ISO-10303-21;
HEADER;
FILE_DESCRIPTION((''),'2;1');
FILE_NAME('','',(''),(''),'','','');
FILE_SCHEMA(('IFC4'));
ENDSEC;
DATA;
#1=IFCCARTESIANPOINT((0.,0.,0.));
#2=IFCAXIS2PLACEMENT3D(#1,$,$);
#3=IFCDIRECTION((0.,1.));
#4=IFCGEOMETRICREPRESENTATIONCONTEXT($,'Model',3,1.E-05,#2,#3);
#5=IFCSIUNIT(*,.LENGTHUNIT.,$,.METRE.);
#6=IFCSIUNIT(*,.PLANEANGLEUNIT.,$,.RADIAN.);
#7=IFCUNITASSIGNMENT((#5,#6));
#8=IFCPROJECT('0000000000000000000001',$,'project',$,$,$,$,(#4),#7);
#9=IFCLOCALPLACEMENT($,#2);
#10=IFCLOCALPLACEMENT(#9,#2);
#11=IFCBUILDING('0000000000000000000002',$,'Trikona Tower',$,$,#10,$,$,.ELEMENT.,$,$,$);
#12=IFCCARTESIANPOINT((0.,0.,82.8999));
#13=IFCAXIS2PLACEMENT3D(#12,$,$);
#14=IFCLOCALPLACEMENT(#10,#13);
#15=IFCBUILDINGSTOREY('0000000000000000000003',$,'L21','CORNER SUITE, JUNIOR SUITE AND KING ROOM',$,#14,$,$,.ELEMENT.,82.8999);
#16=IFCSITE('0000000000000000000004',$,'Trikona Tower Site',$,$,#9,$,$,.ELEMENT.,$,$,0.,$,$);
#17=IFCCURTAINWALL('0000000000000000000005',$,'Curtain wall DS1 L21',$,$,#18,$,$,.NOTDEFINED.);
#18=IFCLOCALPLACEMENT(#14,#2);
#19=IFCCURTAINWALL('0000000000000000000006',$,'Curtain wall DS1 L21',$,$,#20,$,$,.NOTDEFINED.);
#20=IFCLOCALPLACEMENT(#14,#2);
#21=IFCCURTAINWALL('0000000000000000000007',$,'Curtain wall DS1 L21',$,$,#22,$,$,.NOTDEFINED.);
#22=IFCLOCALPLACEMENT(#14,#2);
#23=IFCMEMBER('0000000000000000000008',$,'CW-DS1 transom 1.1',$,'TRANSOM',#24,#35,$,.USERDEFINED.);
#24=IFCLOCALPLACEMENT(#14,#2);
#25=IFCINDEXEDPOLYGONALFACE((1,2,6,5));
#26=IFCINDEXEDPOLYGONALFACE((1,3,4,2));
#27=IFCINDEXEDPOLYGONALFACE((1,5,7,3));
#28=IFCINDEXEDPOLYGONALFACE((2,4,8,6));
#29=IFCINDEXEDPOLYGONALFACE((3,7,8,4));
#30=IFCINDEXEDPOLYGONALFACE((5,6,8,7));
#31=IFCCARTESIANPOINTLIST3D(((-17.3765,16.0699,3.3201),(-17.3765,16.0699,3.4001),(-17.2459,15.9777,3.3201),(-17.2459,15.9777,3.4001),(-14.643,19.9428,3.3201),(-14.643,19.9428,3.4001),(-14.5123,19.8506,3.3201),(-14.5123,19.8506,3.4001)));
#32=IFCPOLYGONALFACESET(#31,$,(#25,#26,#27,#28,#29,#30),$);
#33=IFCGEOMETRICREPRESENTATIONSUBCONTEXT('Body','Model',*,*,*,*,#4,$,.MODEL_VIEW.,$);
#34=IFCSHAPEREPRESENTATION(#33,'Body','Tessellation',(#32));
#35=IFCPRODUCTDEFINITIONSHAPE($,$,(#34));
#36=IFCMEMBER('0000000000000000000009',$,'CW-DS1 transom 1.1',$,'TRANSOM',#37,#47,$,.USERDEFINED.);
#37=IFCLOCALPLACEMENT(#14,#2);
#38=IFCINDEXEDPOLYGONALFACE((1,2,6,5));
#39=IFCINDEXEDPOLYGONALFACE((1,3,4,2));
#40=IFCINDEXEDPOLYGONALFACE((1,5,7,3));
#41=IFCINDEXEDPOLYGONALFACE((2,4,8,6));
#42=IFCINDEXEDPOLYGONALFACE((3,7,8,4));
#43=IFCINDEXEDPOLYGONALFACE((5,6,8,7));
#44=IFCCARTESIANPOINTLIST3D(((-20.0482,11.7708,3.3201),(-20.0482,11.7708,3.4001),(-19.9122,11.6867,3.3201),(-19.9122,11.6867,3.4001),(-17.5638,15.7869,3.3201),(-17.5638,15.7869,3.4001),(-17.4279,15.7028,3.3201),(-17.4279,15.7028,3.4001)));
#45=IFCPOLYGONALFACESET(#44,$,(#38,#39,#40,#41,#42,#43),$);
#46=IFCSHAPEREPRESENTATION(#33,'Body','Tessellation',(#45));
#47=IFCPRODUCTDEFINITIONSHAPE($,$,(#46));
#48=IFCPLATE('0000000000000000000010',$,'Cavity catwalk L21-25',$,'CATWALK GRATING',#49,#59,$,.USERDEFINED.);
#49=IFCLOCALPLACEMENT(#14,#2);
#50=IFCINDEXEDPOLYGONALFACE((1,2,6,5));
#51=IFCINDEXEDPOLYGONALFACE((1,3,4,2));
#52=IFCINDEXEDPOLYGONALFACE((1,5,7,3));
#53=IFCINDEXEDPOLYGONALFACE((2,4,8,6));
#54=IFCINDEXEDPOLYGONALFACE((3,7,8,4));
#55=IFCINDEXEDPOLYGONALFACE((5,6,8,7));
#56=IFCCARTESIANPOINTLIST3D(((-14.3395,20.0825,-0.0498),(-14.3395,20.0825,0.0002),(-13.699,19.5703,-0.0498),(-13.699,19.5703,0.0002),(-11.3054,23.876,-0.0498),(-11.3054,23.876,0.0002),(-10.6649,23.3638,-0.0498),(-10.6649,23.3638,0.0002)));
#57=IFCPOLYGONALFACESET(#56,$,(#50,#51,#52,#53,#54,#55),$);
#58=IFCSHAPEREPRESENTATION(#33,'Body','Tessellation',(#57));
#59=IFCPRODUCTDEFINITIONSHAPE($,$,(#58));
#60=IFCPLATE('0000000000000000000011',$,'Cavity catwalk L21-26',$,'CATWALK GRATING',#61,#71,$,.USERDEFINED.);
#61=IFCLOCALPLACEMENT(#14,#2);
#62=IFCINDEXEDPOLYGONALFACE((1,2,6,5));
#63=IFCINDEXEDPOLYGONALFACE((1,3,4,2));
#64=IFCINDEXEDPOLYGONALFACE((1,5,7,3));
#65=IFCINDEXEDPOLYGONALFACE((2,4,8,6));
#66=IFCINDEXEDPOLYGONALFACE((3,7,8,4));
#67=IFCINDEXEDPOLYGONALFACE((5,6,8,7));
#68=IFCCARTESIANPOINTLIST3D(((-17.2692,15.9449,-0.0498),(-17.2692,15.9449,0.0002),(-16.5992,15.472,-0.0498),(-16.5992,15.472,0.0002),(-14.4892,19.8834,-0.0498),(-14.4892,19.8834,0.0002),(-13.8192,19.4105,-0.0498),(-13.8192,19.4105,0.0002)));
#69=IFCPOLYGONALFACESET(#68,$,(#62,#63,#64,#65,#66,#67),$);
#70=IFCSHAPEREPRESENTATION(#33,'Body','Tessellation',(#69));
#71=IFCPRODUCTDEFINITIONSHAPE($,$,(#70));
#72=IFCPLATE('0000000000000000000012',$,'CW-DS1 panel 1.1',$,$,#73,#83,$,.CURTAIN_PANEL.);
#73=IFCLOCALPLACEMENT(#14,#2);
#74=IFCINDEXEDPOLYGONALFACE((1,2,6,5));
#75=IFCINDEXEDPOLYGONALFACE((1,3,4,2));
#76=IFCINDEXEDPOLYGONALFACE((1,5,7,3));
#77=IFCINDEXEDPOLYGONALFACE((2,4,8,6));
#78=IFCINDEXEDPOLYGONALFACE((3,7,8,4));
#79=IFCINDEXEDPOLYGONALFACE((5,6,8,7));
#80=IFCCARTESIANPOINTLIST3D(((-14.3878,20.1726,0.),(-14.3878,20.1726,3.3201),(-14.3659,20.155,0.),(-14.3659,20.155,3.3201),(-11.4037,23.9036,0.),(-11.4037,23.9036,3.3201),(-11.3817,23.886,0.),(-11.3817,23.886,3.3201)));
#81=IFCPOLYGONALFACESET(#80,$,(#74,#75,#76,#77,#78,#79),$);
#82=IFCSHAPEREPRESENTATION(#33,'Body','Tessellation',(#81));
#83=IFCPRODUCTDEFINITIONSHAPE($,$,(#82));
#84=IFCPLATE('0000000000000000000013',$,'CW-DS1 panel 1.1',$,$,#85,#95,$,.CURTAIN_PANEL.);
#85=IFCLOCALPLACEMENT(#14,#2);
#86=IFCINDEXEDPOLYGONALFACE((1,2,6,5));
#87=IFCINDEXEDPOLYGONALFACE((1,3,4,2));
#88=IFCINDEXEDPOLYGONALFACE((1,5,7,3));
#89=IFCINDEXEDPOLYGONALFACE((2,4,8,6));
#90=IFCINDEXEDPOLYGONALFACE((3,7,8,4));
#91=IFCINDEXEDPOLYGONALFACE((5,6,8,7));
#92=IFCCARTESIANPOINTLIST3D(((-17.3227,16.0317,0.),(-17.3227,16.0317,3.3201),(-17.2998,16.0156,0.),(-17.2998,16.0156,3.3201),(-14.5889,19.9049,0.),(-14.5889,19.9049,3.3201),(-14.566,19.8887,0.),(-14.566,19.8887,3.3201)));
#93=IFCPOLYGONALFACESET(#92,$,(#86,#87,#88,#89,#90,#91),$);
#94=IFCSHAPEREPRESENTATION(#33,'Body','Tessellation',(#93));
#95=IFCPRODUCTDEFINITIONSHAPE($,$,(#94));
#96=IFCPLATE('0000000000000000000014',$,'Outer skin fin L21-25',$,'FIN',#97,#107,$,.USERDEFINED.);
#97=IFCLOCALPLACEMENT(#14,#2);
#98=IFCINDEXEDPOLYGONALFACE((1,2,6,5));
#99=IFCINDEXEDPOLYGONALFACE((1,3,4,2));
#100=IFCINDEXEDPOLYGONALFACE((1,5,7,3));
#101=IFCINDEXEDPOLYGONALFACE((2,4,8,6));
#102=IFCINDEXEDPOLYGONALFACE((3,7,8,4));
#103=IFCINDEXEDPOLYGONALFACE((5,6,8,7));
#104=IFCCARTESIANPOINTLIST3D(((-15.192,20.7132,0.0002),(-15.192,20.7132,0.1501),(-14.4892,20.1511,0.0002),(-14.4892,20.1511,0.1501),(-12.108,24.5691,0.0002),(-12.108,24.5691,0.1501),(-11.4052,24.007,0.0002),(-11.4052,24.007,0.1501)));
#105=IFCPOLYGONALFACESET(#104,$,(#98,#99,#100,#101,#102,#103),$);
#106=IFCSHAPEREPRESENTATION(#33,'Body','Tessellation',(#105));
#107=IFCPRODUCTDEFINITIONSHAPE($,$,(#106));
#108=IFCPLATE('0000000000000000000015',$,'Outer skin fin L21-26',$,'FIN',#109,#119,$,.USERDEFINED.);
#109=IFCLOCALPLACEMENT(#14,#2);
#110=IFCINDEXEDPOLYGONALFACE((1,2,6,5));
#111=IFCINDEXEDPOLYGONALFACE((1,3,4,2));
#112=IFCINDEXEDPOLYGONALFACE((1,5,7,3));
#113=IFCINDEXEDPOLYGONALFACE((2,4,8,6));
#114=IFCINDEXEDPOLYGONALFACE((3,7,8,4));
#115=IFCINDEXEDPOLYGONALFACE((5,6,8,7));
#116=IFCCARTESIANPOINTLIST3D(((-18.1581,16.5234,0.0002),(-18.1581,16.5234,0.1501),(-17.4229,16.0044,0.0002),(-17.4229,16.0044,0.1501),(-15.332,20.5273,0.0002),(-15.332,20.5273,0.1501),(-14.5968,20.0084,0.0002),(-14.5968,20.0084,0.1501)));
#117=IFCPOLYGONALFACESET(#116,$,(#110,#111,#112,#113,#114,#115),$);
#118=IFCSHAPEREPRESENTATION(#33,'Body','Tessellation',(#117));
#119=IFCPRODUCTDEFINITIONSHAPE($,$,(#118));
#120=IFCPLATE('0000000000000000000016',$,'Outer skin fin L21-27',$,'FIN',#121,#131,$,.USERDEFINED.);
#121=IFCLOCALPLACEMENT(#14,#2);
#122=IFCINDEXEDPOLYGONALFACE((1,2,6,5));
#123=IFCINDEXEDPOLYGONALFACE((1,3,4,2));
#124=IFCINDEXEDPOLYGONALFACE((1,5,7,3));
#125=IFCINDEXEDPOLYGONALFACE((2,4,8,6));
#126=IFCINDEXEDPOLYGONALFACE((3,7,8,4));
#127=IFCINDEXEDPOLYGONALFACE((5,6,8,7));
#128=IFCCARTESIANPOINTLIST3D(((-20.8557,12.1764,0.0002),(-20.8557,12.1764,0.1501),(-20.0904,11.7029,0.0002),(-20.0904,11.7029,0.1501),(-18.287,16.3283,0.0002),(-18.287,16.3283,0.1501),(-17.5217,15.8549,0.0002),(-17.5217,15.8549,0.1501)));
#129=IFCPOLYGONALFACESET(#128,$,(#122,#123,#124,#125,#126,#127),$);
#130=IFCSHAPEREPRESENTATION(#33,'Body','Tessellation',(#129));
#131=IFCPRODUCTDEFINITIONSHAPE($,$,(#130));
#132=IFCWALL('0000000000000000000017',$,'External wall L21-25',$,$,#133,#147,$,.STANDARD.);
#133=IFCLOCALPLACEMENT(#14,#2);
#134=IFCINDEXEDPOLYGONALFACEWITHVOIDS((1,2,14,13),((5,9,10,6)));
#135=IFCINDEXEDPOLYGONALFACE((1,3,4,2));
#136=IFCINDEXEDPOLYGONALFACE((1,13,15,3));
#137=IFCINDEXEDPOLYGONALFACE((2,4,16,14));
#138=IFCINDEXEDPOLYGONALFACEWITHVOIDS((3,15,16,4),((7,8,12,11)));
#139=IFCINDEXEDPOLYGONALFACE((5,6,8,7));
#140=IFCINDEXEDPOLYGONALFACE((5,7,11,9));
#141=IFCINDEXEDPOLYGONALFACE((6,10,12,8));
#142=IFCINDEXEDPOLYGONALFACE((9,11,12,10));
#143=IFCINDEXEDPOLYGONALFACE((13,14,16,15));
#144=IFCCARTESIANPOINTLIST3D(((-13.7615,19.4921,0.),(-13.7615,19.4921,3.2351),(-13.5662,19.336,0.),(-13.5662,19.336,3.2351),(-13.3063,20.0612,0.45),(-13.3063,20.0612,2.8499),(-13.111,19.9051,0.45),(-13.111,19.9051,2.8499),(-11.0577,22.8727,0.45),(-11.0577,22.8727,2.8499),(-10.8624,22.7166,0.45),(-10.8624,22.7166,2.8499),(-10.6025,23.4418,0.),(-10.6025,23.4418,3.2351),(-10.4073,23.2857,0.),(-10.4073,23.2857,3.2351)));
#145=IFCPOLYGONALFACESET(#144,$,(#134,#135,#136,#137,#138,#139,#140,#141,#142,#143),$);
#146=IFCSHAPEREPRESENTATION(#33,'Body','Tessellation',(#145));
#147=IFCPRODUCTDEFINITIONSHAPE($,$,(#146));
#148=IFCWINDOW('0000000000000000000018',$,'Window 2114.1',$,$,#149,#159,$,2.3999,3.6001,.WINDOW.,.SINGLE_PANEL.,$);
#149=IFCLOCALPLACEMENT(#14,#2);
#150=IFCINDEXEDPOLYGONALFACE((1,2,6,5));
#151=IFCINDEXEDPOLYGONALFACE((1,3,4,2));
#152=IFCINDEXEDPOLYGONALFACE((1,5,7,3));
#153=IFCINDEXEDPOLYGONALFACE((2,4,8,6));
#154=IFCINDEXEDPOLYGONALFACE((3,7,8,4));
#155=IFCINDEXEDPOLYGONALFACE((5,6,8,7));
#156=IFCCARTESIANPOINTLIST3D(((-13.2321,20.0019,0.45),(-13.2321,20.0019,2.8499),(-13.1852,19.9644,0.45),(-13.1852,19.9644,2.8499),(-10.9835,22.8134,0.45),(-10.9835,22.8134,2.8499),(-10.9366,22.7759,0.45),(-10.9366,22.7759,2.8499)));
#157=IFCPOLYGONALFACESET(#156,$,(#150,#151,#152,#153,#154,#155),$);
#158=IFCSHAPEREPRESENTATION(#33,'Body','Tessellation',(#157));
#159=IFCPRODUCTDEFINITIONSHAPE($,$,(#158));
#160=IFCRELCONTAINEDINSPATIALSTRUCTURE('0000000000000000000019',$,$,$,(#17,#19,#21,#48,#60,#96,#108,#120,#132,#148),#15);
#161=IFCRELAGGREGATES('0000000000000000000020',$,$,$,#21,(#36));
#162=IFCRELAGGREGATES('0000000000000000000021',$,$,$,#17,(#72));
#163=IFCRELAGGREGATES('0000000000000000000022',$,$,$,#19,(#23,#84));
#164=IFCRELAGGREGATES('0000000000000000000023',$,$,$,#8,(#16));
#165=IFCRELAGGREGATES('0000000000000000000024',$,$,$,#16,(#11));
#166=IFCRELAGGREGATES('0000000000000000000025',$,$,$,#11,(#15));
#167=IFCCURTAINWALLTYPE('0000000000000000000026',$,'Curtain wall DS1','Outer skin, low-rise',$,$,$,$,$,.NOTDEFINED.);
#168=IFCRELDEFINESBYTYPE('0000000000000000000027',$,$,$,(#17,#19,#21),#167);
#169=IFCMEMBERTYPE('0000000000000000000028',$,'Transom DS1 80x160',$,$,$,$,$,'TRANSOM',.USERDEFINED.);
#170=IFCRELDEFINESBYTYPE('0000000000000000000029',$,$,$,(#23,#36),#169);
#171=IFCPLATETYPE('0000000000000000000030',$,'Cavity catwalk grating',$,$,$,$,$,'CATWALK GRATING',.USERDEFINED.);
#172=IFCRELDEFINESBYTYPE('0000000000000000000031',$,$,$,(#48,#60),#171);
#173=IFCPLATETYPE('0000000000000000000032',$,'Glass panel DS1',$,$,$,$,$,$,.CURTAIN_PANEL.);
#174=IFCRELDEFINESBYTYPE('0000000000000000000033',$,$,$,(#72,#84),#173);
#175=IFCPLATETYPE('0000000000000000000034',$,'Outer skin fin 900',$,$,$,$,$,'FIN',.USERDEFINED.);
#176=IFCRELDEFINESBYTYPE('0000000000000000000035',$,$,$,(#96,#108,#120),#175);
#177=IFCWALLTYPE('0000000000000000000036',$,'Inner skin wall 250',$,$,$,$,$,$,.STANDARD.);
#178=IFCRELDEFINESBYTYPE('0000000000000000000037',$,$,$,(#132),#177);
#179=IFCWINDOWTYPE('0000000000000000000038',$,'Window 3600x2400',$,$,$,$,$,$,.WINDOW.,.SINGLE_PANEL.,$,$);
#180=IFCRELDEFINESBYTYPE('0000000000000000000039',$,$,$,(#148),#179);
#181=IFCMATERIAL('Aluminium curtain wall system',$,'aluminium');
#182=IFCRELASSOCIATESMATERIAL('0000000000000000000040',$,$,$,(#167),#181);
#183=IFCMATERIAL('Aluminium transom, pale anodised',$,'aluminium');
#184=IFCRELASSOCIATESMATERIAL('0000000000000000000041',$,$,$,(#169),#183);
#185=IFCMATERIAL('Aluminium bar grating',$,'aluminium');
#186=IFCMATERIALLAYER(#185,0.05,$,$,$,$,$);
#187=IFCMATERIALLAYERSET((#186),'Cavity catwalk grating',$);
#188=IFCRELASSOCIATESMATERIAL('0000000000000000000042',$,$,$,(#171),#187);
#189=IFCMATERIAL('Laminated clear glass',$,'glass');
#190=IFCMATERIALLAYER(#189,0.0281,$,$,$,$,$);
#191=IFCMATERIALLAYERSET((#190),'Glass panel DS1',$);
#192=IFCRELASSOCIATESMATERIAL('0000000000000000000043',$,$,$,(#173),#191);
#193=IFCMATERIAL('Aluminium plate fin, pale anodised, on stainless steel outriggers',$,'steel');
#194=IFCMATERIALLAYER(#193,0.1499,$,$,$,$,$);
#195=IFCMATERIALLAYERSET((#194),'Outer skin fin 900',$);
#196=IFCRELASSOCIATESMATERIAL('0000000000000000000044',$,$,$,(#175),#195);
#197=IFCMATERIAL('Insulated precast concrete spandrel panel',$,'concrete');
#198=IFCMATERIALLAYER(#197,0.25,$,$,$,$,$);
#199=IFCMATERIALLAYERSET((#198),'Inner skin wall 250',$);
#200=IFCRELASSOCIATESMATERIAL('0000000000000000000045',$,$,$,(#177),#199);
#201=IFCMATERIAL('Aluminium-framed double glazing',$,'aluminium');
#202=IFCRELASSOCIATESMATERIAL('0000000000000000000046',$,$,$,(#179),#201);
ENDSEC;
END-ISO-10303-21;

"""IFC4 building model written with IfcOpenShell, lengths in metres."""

from ifc_helpers import new_model, si_unit, direction, frame, frame_2d, origin, origin_2d, place, context, subcontext, project, spatial, rectangle, extrude, material, layer, layer_set, material_profile, profile_set, type_object, element, fill, aggregate, save


model = new_model("IFC4")

# Units and contexts
model_context = context("Model", 3, precision=1e-05, world=origin(), true_north=direction((0.0, 1.0)))
body_context = subcontext(model_context, "Body", "Model", "MODEL_VIEW")
ifc_project = project(units=[si_unit("LENGTHUNIT", "METRE"), si_unit("PLANEANGLEUNIT", "RADIAN")], contexts=[model_context])

# Site, building, storey
site_placement = place(None, origin())
site = spatial("IfcSite", under=ifc_project, at=site_placement, Name="Trikona Tower Site", CompositionType="ELEMENT", RefElevation=0.0)
building_placement = place(site_placement, origin())
building = spatial("IfcBuilding", under=site, at=building_placement, Name="Trikona Tower", CompositionType="ELEMENT")
storey_placement = place(building_placement, frame((0.0, 0.0, 82.8999)))
storey = spatial("IfcBuildingStorey", under=building, at=storey_placement, Name="L21", Description="CORNER SUITE, JUNIOR SUITE AND KING ROOM", CompositionType="ELEMENT", Elevation=82.8999)

# Shared definitions
ifc_material_1 = material(Name="Aluminium curtain wall system", Category="aluminium")
curtain_wall_type = type_object("IfcCurtainWallType", Name="Curtain wall DS1", Description="Outer skin, low-rise", PredefinedType="NOTDEFINED", material=ifc_material_1)

# Curtain walls
curtain_wall_1_placement = place(storey_placement, origin())
curtain_wall_1 = element("IfcCurtainWall", 1, at=curtain_wall_1_placement, inside=storey, type_object=curtain_wall_type, Name="Curtain wall DS1 L21", PredefinedType="NOTDEFINED")
curtain_wall_2_placement = place(storey_placement, origin())
curtain_wall_2 = element("IfcCurtainWall", 2, at=curtain_wall_2_placement, inside=storey, type_object=curtain_wall_type, Name="Curtain wall DS1 L21", PredefinedType="NOTDEFINED")

# Curtain wall
curtain_wall_3_placement = place(storey_placement, origin())
curtain_wall_3 = element("IfcCurtainWall", 3, at=curtain_wall_3_placement, inside=storey, type_object=curtain_wall_type, Name="Curtain wall DS1 L21", PredefinedType="NOTDEFINED")

# Members
ifc_material_2 = material(Name="Aluminium transom, pale anodised", Category="aluminium")
ifc_material_profile_1 = material_profile(ifc_material_2, rectangle(XDim=0.1599, YDim=0.0801, at=origin_2d()), Name="TRN-DS1")
ifc_profile_set_1 = profile_set([ifc_material_profile_1], Name="Aluminium transom, pale anodised")
member_type_1 = type_object("IfcMemberType", Name="Transom DS1 80x160", ElementType="TRANSOM", PredefinedType="USERDEFINED", material=ifc_profile_set_1)
member_1_placement = place(storey_placement, frame((-14.5776, 19.8967, 3.3601), z_axis=(-0.576645, -0.816995, 0.0), x_axis=(0.816995, -0.576645, 0.0)))
member_1 = element("IfcMember", 4, at=member_1_placement, type_object=member_type_1, Name="CW-DS1 transom 1.1", ObjectType="TRANSOM", PredefinedType="USERDEFINED", context=body_context, shape_type="SweptSolid", body=[
    extrude(rectangle(XDim=0.1599, YDim=0.0801, at=origin_2d()), origin(), (0.0, 0.0, 1.0), 4.7405),
])
member_2_placement = place(storey_placement, frame((-17.4958, 15.7449, 3.3601), z_axis=(-0.526081, -0.850435, 0.0), x_axis=(0.850435, -0.526081, 0.0)))
member_2 = element("IfcMember", 5, at=member_2_placement, type_object=member_type_1, Name="CW-DS1 transom 1.1", ObjectType="TRANSOM", PredefinedType="USERDEFINED", context=body_context, shape_type="SweptSolid", body=[
    extrude(rectangle(XDim=0.1599, YDim=0.0801, at=origin_2d()), origin(), (0.0, 0.0, 1.0), 4.7224),
])
aggregate(curtain_wall_3, [member_2])

# Plates
ifc_material_3 = material(Name="Aluminium bar grating", Category="aluminium")
ifc_layer_1 = layer(ifc_material_3, 0.05)
ifc_layer_set_1 = layer_set([ifc_layer_1], Name="Cavity catwalk grating")
plate_type_1 = type_object("IfcPlateType", Name="Cavity catwalk grating", ElementType="CATWALK GRATING", PredefinedType="USERDEFINED", material=ifc_layer_set_1)
plate_1_placement = place(storey_placement, frame((-12.5022, 21.7231, -0.0498), z_axis=(0.0, 0.0, 1.0), x_axis=(-0.624604, -0.780942, 0.0)))
element("IfcPlate", 6, at=plate_1_placement, inside=storey, type_object=plate_type_1, Name="Cavity catwalk L21-25", ObjectType="CATWALK GRATING", PredefinedType="USERDEFINED", context=body_context, shape_type="SweptSolid", body=[
    extrude(rectangle(XDim=4.8577, YDim=0.8201, at=origin_2d()), origin(), (0.0, 0.0, 1.0), 0.05),
])
plate_2_placement = place(storey_placement, frame((-15.5442, 17.6777, -0.0498), z_axis=(0.0, 0.0, 1.0), x_axis=(-0.576662, -0.816983, 0.0)))
element("IfcPlate", 7, at=plate_2_placement, inside=storey, type_object=plate_type_1, Name="Cavity catwalk L21-26", ObjectType="CATWALK GRATING", PredefinedType="USERDEFINED", context=body_context, shape_type="SweptSolid", body=[
    extrude(rectangle(XDim=4.8208, YDim=0.8201, at=origin_2d()), origin(), (0.0, 0.0, 1.0), 0.05),
])

# Plates
ifc_material_4 = material(Name="Laminated clear glass", Category="glass")
ifc_layer_2 = layer(ifc_material_4, 0.0281)
ifc_layer_set_2 = layer_set([ifc_layer_2], Name="Glass panel DS1")
plate_type_2 = type_object("IfcPlateType", Name="Glass panel DS1", PredefinedType="CURTAIN_PANEL", material=ifc_layer_set_2)
plate_3_placement = place(storey_placement, frame((-12.8848, 22.0293, 0.0), z_axis=(0.0, 0.0, 1.0), x_axis=(-0.624609, -0.780938, 0.0)))
plate_3 = element("IfcPlate", 8, at=plate_3_placement, type_object=plate_type_2, Name="CW-DS1 panel 1.1", PredefinedType="CURTAIN_PANEL", context=body_context, shape_type="SweptSolid", body=[
    extrude(rectangle(XDim=4.7776, YDim=0.0281, at=origin_2d()), origin(), (0.0, 0.0, 1.0), 3.3201),
])
aggregate(curtain_wall_1, [plate_3])
plate_4_placement = place(storey_placement, frame((-15.9443, 17.9602, 0.0), z_axis=(0.0, 0.0, 1.0), x_axis=(-0.576658, -0.816985, 0.0)))
plate_4 = element("IfcPlate", 9, at=plate_4_placement, type_object=plate_type_2, Name="CW-DS1 panel 1.1", PredefinedType="CURTAIN_PANEL", context=body_context, shape_type="SweptSolid", body=[
    extrude(rectangle(XDim=4.7407, YDim=0.0281, at=origin_2d()), origin(), (0.0, 0.0, 1.0), 3.3201),
])
aggregate(curtain_wall_2, [member_1, plate_4])

# Plates
ifc_material_5 = material(Name="Aluminium plate fin, pale anodised, on stainless steel outriggers", Category="steel")
ifc_layer_3 = layer(ifc_material_5, 0.1499)
ifc_layer_set_3 = layer_set([ifc_layer_3], Name="Outer skin fin 900")
plate_type_3 = type_object("IfcPlateType", Name="Outer skin fin 900", ElementType="FIN", PredefinedType="USERDEFINED", material=ifc_layer_set_3)
plate_5_placement = place(storey_placement, frame((-13.2986, 22.3601, 0.0002), z_axis=(0.0, 0.0, 1.0), x_axis=(-0.624604, -0.780942, 0.0)))
element("IfcPlate", 10, at=plate_5_placement, inside=storey, type_object=plate_type_3, Name="Outer skin fin L21-25", ObjectType="FIN", PredefinedType="USERDEFINED", context=body_context, shape_type="SweptSolid", body=[
    extrude(rectangle(XDim=4.9375, YDim=0.8999, at=origin_2d()), origin(), (0.0, 0.0, 1.0), 0.1499),
])
plate_6_placement = place(storey_placement, frame((-16.3774, 18.2659, 0.0002), z_axis=(0.0, 0.0, 1.0), x_axis=(-0.576662, -0.816983, 0.0)))
element("IfcPlate", 11, at=plate_6_placement, inside=storey, type_object=plate_type_3, Name="Outer skin fin L21-26", ObjectType="FIN", PredefinedType="USERDEFINED", context=body_context, shape_type="SweptSolid", body=[
    extrude(rectangle(XDim=4.9009, YDim=0.8999, at=origin_2d()), origin(), (0.0, 0.0, 1.0), 0.1499),
])
plate_7_placement = place(storey_placement, frame((-19.1887, 14.0156, 0.0002), z_axis=(0.0, 0.0, 1.0), x_axis=(-0.526119, -0.850411, 0.0)))
element("IfcPlate", 12, at=plate_7_placement, inside=storey, type_object=plate_type_3, Name="Outer skin fin L21-27", ObjectType="FIN", PredefinedType="USERDEFINED", context=body_context, shape_type="SweptSolid", body=[
    extrude(rectangle(XDim=4.8823, YDim=0.8999, at=origin_2d()), origin(), (0.0, 0.0, 1.0), 0.1499),
])

# Wall, opening, window
ifc_material_6 = material(Name="Insulated precast concrete spandrel panel", Category="concrete")
ifc_layer_4 = layer(ifc_material_6, 0.25)
ifc_layer_set_4 = layer_set([ifc_layer_4], Name="Inner skin wall 250")
wall_type = type_object("IfcWallType", Name="Inner skin wall 250", PredefinedType="STANDARD", material=ifc_layer_set_4)
wall_1_placement = place(storey_placement, frame((-10.5049, 23.3638, 0.0), z_axis=(0.0, 0.0, 1.0), x_axis=(-0.624595, -0.780949, 0.0)))
wall_1 = element("IfcWall", 13, at=wall_1_placement, inside=storey, type_object=wall_type, Name="External wall L21-25", PredefinedType="STANDARD", context=body_context, shape_type="SweptSolid", body=[
    extrude(rectangle(XDim=5.0576, YDim=0.25, at=frame_2d((2.5288, 0.0))), origin(), (0.0, 0.0, 1.0), 3.2351),
])
opening_1_placement = place(wall_1_placement, frame((0.7288, 0.0, 0.45)))
opening_1 = element("IfcOpeningElement", 14, at=opening_1_placement, cuts=wall_1, PredefinedType="OPENING", context=body_context, shape_type="SweptSolid", body=[
    extrude(rectangle(XDim=3.6001, YDim=2.3999, at=frame_2d((1.8, 1.2))), frame((0.0, 0.135, 0.0), z_axis=(0.0, -1.0, 0.0), x_axis=(1.0, 0.0, 0.0)), (0.0, 0.0, 1.0), 0.27),
])
ifc_material_7 = material(Name="Aluminium-framed double glazing", Category="aluminium")
window_type = type_object("IfcWindowType", Name="Window 3600x2400", PartitioningType="SINGLE_PANEL", PredefinedType="WINDOW", material=ifc_material_7)
window_1_placement = place(opening_1_placement, origin())
window_1 = element("IfcWindow", 15, at=window_1_placement, inside=storey, type_object=window_type, Name="Window 2114.1", OverallHeight=2.3999, OverallWidth=3.6001, PartitioningType="SINGLE_PANEL", PredefinedType="WINDOW", context=body_context, shape_type="SweptSolid", body=[
    extrude(rectangle(XDim=3.6001, YDim=2.3999, at=frame_2d((1.8, 1.2))), frame((0.0, 0.03, 0.0), z_axis=(0.0, -1.0, 0.0), x_axis=(1.0, 0.0, 0.0)), (0.0, 0.0, 1.0), 0.0601),
])
fill(opening_1, window_1)

save(model, "model.ifc")
